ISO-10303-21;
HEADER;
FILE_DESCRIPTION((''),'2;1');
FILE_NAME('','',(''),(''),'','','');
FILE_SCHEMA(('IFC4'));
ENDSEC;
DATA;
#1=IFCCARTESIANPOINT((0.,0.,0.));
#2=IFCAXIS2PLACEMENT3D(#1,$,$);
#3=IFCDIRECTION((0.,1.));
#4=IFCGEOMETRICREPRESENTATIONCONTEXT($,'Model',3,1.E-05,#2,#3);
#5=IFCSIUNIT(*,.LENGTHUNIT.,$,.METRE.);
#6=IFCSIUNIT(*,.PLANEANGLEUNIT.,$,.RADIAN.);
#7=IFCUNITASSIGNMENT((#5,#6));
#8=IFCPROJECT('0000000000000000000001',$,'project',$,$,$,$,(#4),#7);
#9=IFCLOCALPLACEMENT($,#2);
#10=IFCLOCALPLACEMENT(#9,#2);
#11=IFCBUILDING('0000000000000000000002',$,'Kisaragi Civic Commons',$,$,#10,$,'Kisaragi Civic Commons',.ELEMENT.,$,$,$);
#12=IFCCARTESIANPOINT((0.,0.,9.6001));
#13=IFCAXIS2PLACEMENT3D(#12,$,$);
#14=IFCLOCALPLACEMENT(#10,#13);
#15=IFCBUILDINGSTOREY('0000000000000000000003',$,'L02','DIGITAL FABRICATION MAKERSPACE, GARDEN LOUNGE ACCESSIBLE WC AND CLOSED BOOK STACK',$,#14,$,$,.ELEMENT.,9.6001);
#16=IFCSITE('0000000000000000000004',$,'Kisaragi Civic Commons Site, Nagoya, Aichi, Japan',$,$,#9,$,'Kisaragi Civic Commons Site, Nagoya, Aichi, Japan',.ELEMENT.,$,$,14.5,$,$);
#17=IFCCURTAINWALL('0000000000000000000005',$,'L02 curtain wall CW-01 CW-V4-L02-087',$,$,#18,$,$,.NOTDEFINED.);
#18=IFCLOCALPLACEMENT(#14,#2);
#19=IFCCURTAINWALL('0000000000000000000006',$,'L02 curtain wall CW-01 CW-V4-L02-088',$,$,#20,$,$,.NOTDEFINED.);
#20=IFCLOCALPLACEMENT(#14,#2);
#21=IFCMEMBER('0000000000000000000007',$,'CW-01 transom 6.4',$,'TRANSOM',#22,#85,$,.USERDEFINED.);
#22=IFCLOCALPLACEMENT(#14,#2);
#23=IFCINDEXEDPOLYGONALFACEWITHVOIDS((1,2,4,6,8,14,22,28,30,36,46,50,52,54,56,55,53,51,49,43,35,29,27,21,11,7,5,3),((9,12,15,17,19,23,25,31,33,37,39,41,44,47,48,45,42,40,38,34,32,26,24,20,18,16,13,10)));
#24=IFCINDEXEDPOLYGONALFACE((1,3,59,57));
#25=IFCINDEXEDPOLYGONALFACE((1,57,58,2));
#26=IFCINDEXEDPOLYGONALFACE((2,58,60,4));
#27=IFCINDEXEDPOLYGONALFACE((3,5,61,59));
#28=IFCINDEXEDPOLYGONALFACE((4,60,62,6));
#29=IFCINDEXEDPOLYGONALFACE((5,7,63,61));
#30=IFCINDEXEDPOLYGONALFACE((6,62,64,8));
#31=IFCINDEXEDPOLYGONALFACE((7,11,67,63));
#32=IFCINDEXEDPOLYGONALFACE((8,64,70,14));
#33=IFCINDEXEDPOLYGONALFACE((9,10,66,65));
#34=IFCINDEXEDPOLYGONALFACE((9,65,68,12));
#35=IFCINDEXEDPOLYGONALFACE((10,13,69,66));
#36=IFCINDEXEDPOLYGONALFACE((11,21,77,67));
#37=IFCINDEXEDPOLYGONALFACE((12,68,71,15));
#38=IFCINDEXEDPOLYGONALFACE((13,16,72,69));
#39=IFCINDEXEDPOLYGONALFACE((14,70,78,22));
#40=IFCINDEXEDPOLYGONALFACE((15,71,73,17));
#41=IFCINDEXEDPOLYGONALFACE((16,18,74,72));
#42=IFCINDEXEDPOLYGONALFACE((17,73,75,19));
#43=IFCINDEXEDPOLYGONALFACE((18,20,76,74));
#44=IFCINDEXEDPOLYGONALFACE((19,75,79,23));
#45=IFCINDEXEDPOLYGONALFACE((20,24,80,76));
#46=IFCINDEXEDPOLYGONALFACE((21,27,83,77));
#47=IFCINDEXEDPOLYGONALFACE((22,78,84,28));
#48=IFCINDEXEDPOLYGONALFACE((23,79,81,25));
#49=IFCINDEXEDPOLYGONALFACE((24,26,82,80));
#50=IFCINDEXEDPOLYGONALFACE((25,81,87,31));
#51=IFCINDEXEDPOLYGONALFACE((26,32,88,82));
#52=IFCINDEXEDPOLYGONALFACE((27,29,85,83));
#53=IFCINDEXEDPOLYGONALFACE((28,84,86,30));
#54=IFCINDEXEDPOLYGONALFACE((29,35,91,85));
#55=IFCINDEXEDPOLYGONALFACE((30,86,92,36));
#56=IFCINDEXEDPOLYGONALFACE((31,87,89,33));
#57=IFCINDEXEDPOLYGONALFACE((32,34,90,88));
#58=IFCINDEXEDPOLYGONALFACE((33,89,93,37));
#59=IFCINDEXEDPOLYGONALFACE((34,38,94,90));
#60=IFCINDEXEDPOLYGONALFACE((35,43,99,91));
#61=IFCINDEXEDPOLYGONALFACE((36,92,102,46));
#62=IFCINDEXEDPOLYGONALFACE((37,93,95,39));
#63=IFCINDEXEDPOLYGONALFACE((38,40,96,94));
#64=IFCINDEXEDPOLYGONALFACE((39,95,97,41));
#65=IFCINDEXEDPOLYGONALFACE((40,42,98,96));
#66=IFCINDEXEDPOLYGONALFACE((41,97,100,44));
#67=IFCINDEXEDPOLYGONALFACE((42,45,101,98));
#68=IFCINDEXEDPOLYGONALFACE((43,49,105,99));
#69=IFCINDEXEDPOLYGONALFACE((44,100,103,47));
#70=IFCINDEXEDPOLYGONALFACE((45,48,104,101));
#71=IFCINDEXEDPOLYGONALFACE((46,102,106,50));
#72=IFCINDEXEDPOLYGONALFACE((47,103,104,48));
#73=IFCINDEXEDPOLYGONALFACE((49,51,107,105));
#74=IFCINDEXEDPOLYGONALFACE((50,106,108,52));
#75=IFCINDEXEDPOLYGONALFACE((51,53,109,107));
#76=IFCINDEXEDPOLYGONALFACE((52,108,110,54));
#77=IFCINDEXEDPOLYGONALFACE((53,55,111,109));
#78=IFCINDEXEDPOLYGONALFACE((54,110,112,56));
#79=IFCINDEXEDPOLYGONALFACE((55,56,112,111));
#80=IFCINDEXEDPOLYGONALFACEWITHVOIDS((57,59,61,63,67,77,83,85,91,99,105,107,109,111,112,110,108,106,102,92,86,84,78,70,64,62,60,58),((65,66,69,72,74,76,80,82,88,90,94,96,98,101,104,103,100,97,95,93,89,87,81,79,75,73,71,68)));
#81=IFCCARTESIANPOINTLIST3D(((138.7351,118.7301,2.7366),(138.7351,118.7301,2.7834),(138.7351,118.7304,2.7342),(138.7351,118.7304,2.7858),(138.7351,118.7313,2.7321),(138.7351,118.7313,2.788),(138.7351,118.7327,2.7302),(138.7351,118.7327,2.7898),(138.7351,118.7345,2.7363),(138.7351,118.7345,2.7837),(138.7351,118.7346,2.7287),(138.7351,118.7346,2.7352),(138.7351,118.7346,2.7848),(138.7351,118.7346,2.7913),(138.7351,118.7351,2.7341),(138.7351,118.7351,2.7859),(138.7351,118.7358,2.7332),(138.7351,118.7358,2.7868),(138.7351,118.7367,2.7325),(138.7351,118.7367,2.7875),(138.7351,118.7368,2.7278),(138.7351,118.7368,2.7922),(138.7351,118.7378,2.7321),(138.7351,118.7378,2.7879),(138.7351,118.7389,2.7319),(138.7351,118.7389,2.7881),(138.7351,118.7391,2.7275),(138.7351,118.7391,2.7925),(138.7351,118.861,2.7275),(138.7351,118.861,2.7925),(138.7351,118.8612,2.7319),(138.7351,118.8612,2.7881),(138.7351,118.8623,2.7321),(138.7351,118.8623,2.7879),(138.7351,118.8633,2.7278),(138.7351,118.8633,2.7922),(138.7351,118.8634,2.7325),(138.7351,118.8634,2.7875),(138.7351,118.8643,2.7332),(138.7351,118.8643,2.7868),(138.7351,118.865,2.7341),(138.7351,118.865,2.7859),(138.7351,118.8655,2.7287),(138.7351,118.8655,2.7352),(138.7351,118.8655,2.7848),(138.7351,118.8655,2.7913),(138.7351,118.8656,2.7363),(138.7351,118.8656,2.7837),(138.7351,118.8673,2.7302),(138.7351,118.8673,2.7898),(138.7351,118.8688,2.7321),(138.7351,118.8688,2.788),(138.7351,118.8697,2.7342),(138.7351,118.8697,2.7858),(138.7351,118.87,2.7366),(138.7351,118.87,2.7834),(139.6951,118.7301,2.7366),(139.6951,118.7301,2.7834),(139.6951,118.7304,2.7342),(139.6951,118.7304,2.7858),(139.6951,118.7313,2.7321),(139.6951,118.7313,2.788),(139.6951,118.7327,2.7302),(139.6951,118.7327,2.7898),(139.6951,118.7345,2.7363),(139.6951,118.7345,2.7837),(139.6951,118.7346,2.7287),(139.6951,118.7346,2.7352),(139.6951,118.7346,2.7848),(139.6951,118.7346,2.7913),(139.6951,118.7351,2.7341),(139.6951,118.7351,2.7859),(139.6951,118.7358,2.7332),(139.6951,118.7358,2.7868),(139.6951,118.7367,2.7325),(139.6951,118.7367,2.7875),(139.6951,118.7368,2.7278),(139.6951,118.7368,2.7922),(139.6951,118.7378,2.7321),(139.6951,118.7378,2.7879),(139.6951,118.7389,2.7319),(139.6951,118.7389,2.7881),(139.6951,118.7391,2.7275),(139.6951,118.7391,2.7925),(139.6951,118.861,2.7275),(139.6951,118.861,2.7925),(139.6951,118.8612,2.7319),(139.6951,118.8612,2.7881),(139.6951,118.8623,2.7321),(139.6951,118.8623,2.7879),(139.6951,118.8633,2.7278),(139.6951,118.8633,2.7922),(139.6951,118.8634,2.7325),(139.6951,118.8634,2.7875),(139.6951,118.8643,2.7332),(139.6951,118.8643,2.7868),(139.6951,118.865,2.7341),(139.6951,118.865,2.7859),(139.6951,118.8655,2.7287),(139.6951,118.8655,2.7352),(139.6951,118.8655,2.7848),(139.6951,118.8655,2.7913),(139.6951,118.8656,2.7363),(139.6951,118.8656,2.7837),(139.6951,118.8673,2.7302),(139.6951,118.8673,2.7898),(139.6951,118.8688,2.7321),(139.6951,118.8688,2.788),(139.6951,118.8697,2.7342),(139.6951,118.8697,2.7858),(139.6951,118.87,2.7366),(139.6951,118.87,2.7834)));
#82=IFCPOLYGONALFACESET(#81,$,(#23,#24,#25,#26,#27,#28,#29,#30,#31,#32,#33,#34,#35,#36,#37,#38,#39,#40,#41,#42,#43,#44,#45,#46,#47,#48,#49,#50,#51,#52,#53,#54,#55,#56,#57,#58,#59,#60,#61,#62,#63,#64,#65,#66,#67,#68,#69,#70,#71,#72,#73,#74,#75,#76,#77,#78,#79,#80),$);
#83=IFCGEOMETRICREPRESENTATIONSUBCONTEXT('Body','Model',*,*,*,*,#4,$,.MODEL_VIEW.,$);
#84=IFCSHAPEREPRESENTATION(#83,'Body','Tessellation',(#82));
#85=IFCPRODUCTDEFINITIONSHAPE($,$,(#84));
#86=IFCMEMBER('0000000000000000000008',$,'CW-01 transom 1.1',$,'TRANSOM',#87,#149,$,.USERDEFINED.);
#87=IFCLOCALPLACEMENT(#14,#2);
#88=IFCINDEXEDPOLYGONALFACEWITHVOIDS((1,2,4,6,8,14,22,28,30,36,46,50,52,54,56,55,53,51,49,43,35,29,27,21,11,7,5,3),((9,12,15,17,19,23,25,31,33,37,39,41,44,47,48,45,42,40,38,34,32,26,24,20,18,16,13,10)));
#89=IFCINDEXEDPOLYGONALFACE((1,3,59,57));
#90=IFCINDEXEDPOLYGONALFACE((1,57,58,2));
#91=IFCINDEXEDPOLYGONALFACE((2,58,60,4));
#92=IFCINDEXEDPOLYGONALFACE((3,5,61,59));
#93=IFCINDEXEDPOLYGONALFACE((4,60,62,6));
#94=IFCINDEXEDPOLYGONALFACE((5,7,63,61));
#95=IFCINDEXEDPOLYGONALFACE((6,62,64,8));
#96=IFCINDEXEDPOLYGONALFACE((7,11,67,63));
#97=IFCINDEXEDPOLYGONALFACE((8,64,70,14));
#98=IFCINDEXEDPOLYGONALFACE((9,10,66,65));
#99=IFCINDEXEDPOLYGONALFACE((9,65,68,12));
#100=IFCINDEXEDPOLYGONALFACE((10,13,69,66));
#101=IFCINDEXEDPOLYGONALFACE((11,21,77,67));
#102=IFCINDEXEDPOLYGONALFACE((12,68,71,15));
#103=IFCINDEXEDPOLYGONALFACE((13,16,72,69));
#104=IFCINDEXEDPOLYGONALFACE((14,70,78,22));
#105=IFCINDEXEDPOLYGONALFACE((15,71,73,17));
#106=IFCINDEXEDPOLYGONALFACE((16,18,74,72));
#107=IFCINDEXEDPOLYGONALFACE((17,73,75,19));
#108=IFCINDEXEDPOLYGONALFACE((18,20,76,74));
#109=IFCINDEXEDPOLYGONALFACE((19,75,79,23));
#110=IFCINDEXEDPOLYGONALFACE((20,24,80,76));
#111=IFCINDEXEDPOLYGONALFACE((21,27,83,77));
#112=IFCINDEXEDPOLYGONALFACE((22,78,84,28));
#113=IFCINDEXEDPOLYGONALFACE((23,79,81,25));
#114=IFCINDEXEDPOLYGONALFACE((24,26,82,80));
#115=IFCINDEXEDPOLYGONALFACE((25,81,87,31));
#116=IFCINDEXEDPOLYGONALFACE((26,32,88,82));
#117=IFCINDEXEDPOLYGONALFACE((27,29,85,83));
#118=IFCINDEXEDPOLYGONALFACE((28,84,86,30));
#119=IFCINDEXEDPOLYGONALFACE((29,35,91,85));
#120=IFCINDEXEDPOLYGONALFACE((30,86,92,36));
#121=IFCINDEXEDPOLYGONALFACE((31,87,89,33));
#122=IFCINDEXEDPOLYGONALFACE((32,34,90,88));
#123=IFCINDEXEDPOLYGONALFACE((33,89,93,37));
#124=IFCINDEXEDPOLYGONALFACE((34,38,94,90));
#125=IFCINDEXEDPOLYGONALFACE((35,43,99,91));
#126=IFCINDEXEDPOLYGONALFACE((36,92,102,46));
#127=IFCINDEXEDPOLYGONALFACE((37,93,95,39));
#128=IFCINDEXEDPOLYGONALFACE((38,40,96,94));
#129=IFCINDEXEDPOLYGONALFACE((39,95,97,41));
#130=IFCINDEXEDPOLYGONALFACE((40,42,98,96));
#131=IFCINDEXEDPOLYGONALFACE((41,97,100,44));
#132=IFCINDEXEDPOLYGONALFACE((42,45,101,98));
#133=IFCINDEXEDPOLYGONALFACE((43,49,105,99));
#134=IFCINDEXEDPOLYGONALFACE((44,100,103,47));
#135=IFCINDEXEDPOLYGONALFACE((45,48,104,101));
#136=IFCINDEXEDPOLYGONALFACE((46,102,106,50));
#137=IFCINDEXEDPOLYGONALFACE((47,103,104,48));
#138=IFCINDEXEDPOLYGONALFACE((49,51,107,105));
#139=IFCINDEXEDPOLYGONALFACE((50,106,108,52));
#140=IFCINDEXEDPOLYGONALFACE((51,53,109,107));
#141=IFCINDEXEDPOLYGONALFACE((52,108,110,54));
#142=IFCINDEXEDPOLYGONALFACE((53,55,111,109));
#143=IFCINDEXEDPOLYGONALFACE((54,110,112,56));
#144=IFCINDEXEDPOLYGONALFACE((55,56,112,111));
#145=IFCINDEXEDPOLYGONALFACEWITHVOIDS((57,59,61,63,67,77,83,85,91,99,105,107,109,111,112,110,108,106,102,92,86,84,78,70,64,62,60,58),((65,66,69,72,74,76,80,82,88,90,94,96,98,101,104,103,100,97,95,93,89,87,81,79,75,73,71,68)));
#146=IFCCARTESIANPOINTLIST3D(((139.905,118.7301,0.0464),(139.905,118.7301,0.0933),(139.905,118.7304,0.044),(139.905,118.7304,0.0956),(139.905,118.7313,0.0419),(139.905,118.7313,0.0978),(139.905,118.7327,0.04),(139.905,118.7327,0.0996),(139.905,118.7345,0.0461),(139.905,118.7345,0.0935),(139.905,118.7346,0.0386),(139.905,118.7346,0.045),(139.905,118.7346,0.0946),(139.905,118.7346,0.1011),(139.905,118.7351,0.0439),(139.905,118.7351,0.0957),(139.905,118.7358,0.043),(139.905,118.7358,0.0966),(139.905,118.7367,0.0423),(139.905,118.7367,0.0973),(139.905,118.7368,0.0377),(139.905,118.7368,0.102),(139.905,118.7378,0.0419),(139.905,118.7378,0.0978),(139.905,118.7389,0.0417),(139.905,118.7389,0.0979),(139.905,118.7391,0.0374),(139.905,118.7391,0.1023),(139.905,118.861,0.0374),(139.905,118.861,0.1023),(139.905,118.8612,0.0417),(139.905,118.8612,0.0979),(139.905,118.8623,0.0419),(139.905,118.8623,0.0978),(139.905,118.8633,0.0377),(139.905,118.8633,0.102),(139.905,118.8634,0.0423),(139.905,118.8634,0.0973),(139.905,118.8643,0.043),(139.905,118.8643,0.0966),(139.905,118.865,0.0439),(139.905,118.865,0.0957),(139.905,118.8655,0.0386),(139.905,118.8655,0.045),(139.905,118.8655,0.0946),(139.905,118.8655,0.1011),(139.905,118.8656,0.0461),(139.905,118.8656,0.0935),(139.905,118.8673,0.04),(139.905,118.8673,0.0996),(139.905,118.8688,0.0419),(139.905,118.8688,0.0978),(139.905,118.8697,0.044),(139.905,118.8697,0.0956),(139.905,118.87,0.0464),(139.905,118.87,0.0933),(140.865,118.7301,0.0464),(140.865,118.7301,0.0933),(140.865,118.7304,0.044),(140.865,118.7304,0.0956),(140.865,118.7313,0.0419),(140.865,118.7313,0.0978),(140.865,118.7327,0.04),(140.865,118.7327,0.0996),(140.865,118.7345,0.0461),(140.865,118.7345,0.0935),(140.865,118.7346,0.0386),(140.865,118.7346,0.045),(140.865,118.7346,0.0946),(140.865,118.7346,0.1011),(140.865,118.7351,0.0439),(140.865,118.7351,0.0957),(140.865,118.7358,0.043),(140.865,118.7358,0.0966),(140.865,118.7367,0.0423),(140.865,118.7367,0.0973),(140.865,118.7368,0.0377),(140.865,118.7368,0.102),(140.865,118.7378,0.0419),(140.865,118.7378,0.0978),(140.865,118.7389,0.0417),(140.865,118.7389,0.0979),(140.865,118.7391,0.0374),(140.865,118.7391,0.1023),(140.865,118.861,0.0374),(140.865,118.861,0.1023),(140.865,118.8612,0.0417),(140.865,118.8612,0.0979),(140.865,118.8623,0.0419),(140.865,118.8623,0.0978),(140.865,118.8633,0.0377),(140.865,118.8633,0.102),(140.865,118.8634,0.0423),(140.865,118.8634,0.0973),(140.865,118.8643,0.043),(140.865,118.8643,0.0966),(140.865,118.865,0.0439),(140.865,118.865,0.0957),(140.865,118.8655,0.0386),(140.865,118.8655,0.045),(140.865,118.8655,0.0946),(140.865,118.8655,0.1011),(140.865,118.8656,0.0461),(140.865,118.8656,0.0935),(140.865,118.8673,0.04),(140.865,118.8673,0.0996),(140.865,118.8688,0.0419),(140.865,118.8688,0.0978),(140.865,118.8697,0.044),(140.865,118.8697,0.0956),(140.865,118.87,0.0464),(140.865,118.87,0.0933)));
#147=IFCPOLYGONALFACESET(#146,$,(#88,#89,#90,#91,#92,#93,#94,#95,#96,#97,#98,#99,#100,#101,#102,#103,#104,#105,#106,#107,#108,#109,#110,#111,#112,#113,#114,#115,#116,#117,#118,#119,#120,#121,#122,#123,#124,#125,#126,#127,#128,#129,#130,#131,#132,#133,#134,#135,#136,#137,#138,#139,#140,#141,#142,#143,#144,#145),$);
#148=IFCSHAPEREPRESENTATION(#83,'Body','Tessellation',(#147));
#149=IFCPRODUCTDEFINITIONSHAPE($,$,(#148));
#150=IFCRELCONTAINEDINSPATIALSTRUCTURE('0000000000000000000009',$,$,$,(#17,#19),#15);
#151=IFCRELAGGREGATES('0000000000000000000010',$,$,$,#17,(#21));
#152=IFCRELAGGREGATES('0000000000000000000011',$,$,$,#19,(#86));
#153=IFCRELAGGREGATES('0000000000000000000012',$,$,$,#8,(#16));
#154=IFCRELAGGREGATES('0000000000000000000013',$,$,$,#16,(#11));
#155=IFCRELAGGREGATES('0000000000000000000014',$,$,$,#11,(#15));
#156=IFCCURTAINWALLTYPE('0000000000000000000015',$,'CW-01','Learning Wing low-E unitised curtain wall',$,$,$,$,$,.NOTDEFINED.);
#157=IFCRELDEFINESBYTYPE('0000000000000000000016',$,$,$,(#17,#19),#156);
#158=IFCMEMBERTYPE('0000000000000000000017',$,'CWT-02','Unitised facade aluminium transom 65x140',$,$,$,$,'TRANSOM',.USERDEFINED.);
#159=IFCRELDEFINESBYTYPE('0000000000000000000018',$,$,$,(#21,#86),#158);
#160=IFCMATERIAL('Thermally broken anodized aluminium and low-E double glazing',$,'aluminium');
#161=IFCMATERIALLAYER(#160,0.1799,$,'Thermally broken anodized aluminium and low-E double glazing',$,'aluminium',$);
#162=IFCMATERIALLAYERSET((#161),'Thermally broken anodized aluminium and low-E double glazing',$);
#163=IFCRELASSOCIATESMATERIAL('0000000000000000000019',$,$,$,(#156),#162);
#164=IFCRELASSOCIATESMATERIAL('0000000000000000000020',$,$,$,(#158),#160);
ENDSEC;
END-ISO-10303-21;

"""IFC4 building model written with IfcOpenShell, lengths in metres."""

from ifc_helpers import new_model, si_unit, direction, frame, origin, origin_2d, place, context, subcontext, project, spatial, hollow_rectangle, extrude, material, layer, layer_set, material_profile, profile_set, type_object, element, aggregate, save


model = new_model("IFC4")

# Units and contexts
model_context = context("Model", 3, precision=1e-05, world=origin(), true_north=direction((0.0, 1.0)))
body_context = subcontext(model_context, "Body", "Model", "MODEL_VIEW")
ifc_project = project(units=[si_unit("LENGTHUNIT", "METRE"), si_unit("PLANEANGLEUNIT", "RADIAN")], contexts=[model_context])

# Site, building, storey
site_placement = place(None, origin())
site = spatial("IfcSite", under=ifc_project, at=site_placement, Name="Kisaragi Civic Commons Site, Nagoya, Aichi, Japan", LongName="Kisaragi Civic Commons Site, Nagoya, Aichi, Japan", CompositionType="ELEMENT", RefElevation=14.5)
building_placement = place(site_placement, origin())
building = spatial("IfcBuilding", under=site, at=building_placement, Name="Kisaragi Civic Commons", LongName="Kisaragi Civic Commons", CompositionType="ELEMENT")
storey_placement = place(building_placement, frame((0.0, 0.0, 9.6001)))
storey = spatial("IfcBuildingStorey", under=building, at=storey_placement, Name="L02", Description="DIGITAL FABRICATION MAKERSPACE, GARDEN LOUNGE ACCESSIBLE WC AND CLOSED BOOK STACK", CompositionType="ELEMENT", Elevation=9.6001)

# Curtain walls
ifc_material = material(Name="Thermally broken anodized aluminium and low-E double glazing", Category="aluminium")
ifc_layer_1 = layer(ifc_material, 0.1799, Name="Thermally broken anodized aluminium and low-E double glazing", Category="aluminium")
ifc_layer_set_1 = layer_set([ifc_layer_1], Name="Thermally broken anodized aluminium and low-E double glazing")
curtain_wall_type = type_object("IfcCurtainWallType", Name="CW-01", Description="Learning Wing low-E unitised curtain wall", PredefinedType="NOTDEFINED", material=ifc_layer_set_1)
curtain_wall_1_placement = place(storey_placement, origin())
curtain_wall_1 = element("IfcCurtainWall", 1, at=curtain_wall_1_placement, inside=storey, type_object=curtain_wall_type, Name="L02 curtain wall CW-01 CW-V4-L02-087", PredefinedType="NOTDEFINED")
curtain_wall_2_placement = place(storey_placement, origin())
curtain_wall_2 = element("IfcCurtainWall", 2, at=curtain_wall_2_placement, inside=storey, type_object=curtain_wall_type, Name="L02 curtain wall CW-01 CW-V4-L02-088", PredefinedType="NOTDEFINED")

# Members
ifc_material_profile_1 = material_profile(ifc_material, hollow_rectangle(XDim=0.1399, YDim=0.0649, WallThickness=0.0044, InnerFilletRadius=0.0044, OuterFilletRadius=0.009, at=origin_2d()), Name="CWT-65x140x4.5", Category="aluminium")
ifc_profile_set_1 = profile_set([ifc_material_profile_1], Name="Thermally broken anodized aluminium and low-E double glazing")
member_type_1 = type_object("IfcMemberType", Name="CWT-02", Description="Unitised facade aluminium transom 65x140", ElementType="TRANSOM", PredefinedType="USERDEFINED", material=ifc_profile_set_1)
member_1_placement = place(storey_placement, frame((138.7351, 118.8, 2.76), z_axis=(1.0, 0.0, 0.0), x_axis=(0.0, 1.0, 0.0)))
member_1 = element("IfcMember", 3, at=member_1_placement, type_object=member_type_1, Name="CW-01 transom 6.4", ObjectType="TRANSOM", PredefinedType="USERDEFINED", context=body_context, shape_type="SweptSolid", body=[
    extrude(hollow_rectangle(XDim=0.1399, YDim=0.0649, WallThickness=0.0044, InnerFilletRadius=0.0044, OuterFilletRadius=0.009, at=origin_2d()), origin(), (0.0, 0.0, 1.0), 0.96),
])
member_2_placement = place(storey_placement, frame((139.905, 118.8, 0.0698), z_axis=(1.0, 0.0, 0.0), x_axis=(0.0, 1.0, 0.0)))
member_2 = element("IfcMember", 4, at=member_2_placement, type_object=member_type_1, Name="CW-01 transom 1.1", ObjectType="TRANSOM", PredefinedType="USERDEFINED", context=body_context, shape_type="SweptSolid", body=[
    extrude(hollow_rectangle(XDim=0.1399, YDim=0.0649, WallThickness=0.0044, InnerFilletRadius=0.0044, OuterFilletRadius=0.009, at=origin_2d()), origin(), (0.0, 0.0, 1.0), 0.96),
])

aggregate(curtain_wall_1, [member_1])
aggregate(curtain_wall_2, [member_2])

save(model, "model.ifc")
